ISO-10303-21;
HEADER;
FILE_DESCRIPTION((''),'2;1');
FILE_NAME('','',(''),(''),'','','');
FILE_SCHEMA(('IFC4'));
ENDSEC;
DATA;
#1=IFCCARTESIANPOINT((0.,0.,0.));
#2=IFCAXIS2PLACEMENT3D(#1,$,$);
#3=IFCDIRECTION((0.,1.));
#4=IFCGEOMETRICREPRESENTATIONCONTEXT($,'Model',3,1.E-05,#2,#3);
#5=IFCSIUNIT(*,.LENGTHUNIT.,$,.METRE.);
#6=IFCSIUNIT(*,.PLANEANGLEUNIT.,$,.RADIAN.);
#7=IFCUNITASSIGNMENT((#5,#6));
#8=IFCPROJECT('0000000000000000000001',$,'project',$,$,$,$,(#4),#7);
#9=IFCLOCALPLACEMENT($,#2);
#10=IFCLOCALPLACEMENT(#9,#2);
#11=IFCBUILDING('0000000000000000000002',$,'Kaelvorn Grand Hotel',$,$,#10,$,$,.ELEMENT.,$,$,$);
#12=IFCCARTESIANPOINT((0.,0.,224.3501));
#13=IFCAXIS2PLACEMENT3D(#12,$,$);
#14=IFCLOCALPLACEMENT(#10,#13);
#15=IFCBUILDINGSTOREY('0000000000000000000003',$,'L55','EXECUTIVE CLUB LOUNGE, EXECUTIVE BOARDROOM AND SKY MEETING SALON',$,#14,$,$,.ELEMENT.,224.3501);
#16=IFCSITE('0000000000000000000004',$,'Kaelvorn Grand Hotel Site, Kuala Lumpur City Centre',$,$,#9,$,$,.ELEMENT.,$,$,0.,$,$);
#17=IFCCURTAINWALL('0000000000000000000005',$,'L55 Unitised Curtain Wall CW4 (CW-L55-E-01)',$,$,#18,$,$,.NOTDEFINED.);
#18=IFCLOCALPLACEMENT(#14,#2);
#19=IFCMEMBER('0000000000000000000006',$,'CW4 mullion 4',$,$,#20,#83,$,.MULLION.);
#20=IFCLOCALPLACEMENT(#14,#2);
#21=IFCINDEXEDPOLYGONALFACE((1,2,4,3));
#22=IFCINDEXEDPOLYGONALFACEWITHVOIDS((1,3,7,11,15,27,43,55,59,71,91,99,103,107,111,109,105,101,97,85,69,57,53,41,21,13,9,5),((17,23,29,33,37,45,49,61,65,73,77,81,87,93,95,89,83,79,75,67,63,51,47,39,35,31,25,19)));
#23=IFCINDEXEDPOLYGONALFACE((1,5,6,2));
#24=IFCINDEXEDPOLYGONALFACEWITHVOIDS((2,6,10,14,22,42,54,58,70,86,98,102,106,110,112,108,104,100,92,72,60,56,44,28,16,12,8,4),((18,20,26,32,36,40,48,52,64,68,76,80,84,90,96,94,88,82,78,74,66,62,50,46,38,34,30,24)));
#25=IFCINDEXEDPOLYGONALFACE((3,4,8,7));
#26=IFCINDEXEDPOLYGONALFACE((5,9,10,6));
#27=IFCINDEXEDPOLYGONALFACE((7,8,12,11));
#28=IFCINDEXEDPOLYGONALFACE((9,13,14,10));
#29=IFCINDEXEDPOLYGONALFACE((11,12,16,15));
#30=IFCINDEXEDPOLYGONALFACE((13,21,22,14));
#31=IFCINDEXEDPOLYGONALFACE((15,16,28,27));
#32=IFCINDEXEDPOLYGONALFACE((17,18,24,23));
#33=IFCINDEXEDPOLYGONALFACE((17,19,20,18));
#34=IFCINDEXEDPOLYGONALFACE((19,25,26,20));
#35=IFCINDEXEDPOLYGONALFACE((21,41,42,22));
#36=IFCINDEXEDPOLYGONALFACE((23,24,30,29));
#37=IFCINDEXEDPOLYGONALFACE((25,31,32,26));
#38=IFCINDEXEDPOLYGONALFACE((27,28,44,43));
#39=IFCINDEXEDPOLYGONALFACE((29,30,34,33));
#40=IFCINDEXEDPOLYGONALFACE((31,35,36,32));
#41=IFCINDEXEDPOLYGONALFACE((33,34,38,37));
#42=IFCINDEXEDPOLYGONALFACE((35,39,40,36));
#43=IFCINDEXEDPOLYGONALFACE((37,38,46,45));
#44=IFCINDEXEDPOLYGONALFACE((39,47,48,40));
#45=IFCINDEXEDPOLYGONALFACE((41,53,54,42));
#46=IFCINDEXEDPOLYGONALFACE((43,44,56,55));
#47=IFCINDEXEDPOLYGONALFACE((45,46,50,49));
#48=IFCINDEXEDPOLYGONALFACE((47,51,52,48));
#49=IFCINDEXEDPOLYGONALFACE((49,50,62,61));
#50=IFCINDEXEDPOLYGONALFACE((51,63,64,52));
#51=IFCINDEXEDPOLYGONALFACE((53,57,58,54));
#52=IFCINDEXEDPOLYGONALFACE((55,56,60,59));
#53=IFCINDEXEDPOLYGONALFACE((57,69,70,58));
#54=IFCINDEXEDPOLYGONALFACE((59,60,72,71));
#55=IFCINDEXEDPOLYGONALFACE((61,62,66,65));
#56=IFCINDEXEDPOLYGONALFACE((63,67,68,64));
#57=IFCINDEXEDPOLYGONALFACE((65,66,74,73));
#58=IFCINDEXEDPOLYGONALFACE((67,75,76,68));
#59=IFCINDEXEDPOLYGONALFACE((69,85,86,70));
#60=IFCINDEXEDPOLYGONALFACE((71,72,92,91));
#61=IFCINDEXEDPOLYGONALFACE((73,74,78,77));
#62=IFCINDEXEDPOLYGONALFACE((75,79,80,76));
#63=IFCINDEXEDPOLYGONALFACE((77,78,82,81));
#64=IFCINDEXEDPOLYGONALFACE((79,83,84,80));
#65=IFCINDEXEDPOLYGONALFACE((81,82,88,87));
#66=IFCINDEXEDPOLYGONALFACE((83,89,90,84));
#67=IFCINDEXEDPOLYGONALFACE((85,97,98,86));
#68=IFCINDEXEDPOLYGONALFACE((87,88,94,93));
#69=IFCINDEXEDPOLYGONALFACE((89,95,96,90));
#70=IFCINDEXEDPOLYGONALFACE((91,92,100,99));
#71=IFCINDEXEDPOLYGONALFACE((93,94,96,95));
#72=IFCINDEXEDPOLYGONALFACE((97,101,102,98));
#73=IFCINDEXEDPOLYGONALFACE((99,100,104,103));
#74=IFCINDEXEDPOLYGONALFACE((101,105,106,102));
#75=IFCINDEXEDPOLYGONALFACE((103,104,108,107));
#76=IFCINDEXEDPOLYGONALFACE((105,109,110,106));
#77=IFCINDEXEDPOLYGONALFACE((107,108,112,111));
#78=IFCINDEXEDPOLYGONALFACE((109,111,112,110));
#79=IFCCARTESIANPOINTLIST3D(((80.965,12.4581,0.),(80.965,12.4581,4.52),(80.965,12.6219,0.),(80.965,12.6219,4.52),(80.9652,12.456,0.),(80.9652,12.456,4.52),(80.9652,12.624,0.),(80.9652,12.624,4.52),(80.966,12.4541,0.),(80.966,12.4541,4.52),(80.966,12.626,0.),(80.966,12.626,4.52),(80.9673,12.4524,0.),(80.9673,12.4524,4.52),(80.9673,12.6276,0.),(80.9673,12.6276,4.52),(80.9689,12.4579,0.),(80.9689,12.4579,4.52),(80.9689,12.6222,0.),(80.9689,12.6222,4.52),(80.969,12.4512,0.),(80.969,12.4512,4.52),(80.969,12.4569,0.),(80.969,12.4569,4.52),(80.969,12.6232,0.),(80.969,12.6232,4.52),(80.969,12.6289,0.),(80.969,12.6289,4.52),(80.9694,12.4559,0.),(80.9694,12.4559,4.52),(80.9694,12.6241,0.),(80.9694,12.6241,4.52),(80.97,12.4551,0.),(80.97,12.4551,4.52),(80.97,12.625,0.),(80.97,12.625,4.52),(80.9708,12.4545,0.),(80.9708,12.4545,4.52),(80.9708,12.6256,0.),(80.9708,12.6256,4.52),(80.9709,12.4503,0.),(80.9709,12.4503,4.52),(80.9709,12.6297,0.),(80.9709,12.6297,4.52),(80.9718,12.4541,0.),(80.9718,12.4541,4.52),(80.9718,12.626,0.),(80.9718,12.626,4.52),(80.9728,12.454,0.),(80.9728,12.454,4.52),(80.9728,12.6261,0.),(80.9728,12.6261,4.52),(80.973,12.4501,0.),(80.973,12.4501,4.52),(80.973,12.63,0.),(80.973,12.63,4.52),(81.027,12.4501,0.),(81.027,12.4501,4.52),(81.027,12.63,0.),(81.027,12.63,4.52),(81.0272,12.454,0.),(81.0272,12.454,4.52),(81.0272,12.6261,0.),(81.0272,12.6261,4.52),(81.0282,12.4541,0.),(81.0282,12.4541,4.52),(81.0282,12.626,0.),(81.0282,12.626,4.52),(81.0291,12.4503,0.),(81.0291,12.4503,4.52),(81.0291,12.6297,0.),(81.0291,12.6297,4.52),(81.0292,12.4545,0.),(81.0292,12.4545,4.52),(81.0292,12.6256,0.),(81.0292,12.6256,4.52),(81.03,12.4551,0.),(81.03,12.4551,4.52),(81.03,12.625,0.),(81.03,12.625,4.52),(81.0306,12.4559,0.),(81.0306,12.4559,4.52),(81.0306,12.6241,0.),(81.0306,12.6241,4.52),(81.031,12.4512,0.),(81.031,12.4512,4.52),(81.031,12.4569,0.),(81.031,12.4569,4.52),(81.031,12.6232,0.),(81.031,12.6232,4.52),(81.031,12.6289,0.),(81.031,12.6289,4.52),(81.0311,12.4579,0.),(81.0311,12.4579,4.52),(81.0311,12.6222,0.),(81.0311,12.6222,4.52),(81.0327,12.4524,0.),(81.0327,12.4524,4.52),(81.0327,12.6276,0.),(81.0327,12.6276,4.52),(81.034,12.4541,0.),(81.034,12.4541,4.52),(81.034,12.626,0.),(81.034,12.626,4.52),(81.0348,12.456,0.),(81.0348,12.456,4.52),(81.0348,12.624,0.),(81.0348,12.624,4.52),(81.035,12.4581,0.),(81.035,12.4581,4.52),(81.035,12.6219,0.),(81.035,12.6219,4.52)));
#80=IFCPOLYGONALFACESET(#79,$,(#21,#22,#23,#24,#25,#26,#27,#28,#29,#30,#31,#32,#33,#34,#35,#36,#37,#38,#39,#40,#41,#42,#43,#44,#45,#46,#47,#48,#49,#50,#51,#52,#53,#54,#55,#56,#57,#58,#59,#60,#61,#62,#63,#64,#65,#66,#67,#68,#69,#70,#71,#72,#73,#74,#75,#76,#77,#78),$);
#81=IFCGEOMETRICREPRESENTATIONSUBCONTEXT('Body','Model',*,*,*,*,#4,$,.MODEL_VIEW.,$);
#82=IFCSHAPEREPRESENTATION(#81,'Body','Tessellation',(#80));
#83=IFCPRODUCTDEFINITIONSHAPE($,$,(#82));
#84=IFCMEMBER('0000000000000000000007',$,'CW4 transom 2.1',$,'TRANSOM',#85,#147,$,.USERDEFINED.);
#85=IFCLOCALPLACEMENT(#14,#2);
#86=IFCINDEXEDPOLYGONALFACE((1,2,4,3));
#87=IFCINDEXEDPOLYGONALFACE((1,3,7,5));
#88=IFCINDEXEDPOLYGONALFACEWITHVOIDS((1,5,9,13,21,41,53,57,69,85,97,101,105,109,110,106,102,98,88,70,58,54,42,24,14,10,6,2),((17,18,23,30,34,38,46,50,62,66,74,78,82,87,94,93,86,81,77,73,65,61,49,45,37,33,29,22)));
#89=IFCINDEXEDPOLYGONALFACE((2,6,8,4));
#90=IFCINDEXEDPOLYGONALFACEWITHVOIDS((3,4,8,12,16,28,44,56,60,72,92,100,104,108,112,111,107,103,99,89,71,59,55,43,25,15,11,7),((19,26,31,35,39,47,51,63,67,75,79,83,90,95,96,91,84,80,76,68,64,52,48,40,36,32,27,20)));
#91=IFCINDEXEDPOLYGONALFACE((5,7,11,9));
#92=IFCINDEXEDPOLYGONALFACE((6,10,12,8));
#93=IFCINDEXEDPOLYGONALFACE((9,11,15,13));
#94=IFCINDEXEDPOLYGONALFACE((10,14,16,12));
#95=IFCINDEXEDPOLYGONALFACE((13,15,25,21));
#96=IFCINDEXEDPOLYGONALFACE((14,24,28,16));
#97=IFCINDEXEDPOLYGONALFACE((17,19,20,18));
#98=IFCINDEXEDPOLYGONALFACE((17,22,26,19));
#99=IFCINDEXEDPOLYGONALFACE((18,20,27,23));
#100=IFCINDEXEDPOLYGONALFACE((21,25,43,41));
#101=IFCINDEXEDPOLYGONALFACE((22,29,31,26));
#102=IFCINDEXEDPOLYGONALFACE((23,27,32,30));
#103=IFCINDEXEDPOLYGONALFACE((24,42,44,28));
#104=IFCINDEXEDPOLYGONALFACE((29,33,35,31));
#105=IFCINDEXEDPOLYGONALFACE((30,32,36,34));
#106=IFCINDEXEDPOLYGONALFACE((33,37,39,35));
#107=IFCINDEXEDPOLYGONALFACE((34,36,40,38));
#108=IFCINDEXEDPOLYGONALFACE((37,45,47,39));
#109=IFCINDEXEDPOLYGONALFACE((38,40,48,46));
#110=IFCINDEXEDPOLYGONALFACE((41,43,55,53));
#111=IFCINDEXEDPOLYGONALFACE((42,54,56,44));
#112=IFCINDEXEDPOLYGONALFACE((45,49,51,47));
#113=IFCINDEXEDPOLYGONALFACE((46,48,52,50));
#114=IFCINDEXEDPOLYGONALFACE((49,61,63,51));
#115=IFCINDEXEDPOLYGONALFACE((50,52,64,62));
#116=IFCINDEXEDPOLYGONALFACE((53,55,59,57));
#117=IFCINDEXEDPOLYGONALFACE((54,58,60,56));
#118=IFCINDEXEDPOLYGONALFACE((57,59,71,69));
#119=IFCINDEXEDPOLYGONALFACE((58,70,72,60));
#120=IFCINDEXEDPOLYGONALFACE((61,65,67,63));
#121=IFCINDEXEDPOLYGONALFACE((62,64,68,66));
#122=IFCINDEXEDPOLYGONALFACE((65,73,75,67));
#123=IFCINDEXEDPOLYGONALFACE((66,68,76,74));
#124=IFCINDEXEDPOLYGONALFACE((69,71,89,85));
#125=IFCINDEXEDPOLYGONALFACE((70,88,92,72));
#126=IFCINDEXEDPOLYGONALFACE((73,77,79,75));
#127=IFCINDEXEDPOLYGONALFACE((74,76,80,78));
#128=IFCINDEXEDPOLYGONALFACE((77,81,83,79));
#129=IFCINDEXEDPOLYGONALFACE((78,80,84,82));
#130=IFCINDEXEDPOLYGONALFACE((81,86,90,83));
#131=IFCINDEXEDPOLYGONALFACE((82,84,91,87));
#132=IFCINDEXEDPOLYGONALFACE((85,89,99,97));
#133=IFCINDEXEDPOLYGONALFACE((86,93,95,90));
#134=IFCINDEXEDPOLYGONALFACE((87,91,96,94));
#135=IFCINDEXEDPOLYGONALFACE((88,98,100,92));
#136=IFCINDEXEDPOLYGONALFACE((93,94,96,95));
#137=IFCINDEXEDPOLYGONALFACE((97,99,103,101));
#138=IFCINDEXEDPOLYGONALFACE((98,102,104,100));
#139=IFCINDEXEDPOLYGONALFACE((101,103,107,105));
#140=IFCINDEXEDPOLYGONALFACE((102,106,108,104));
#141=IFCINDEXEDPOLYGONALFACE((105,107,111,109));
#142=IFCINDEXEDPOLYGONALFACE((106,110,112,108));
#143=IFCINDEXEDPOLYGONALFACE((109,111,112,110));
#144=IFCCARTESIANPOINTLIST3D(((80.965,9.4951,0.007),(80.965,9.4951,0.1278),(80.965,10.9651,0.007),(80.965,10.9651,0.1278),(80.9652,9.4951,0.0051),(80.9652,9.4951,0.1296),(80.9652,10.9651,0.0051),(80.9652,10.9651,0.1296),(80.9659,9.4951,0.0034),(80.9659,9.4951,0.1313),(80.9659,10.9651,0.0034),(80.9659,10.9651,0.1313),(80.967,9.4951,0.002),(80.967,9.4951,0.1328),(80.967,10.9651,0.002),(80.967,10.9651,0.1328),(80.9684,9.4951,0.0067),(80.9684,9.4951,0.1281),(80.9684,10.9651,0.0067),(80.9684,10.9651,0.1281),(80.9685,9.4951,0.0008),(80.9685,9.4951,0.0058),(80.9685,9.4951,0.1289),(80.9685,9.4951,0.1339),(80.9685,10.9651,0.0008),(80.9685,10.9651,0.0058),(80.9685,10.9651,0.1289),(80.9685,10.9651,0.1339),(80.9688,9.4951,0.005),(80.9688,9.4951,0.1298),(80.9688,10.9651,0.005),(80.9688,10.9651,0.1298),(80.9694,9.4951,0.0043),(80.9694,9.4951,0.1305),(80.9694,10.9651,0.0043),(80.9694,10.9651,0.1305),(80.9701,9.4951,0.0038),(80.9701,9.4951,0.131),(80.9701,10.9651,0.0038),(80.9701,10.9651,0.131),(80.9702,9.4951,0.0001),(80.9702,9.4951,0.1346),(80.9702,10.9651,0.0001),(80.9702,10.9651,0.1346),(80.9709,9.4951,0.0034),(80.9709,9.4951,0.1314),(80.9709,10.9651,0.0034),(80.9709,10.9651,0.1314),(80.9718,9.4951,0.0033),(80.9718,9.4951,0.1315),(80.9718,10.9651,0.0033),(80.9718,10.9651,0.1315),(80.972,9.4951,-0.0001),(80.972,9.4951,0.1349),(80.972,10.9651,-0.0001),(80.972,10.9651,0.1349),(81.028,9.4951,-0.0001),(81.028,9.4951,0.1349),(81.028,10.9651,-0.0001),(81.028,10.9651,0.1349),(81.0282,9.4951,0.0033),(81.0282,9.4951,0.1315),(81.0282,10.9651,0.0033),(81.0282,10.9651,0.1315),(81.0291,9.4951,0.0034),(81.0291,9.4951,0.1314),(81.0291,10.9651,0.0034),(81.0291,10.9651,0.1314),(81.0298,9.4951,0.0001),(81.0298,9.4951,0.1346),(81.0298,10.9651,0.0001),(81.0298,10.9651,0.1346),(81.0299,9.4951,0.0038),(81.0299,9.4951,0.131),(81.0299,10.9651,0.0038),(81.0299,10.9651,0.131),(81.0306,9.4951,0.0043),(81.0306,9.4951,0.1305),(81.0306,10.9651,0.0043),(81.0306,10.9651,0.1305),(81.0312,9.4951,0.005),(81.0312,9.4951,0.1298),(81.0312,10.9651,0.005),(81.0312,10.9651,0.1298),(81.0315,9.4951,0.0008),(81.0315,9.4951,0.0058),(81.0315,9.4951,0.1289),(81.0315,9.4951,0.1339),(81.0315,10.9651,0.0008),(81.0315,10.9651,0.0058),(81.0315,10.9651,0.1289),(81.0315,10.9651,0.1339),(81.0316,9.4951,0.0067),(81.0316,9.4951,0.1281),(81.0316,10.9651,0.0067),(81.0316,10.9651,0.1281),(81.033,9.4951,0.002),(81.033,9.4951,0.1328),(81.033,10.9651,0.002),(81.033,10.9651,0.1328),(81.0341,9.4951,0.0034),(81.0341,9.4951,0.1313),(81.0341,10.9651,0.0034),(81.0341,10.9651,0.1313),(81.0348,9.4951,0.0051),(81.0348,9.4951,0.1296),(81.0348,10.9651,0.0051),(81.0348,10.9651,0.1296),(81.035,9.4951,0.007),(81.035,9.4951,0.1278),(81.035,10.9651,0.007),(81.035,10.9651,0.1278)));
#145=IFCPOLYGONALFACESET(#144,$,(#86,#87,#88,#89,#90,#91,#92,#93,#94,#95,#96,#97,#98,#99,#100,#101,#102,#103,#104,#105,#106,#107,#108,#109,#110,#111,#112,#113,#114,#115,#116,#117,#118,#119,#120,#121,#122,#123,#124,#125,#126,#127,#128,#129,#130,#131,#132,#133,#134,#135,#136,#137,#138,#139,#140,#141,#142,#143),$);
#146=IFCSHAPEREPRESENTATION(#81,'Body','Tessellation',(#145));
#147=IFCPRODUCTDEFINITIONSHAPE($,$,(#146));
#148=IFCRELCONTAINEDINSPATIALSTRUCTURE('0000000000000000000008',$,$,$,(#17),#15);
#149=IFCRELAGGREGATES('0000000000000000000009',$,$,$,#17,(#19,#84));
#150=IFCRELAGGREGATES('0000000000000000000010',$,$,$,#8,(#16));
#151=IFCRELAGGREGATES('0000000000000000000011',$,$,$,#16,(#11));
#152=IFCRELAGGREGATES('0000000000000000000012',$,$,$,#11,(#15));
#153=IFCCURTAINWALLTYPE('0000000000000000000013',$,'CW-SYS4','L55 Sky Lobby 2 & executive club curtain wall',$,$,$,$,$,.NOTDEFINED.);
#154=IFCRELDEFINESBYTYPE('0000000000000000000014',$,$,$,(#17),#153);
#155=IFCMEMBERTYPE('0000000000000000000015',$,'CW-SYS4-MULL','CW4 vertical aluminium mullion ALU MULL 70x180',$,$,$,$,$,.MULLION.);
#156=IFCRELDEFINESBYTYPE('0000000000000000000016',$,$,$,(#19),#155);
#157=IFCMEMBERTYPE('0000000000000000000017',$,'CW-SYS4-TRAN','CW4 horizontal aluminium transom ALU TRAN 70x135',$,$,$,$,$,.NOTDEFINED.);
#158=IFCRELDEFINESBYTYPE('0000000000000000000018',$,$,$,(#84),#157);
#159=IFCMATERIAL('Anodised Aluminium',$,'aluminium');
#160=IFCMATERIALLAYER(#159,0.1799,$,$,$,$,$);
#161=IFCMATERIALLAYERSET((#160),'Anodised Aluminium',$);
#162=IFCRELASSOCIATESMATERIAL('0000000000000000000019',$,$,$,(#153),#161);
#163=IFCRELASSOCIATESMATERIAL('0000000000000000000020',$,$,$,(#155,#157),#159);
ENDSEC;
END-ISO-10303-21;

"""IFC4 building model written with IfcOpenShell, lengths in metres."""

from ifc_helpers import new_model, si_unit, direction, frame, origin, origin_2d, place, context, subcontext, project, spatial, hollow_rectangle, extrude, material, layer, layer_set, material_profile, profile_set, type_object, element, aggregate, save


model = new_model("IFC4")

# Units and contexts
model_context = context("Model", 3, precision=1e-05, world=origin(), true_north=direction((0.0, 1.0)))
body_context = subcontext(model_context, "Body", "Model", "MODEL_VIEW")
ifc_project = project(units=[si_unit("LENGTHUNIT", "METRE"), si_unit("PLANEANGLEUNIT", "RADIAN")], contexts=[model_context])

# Site, building, storey
site_placement = place(None, origin())
site = spatial("IfcSite", under=ifc_project, at=site_placement, Name="Kaelvorn Grand Hotel Site, Kuala Lumpur City Centre", CompositionType="ELEMENT", RefElevation=0.0)
building_placement = place(site_placement, origin())
building = spatial("IfcBuilding", under=site, at=building_placement, Name="Kaelvorn Grand Hotel", CompositionType="ELEMENT")
storey_placement = place(building_placement, frame((0.0, 0.0, 224.3501)))
storey = spatial("IfcBuildingStorey", under=building, at=storey_placement, Name="L55", Description="EXECUTIVE CLUB LOUNGE, EXECUTIVE BOARDROOM AND SKY MEETING SALON", CompositionType="ELEMENT", Elevation=224.3501)

# Curtain wall, members
ifc_material_1 = material(Name="Anodised Aluminium", Category="aluminium")
ifc_layer_1 = layer(ifc_material_1, 0.1799)
ifc_layer_set_1 = layer_set([ifc_layer_1], Name="Anodised Aluminium")
curtain_wall_type = type_object("IfcCurtainWallType", Name="CW-SYS4", Description="L55 Sky Lobby 2 & executive club curtain wall", PredefinedType="NOTDEFINED", material=ifc_layer_set_1)
curtain_wall_placement = place(storey_placement, origin())
curtain_wall = element("IfcCurtainWall", 1, at=curtain_wall_placement, inside=storey, type_object=curtain_wall_type, Name="L55 Unitised Curtain Wall CW4 (CW-L55-E-01)", PredefinedType="NOTDEFINED")
ifc_material_profile_1 = material_profile(ifc_material_1, hollow_rectangle(XDim=0.0701, YDim=0.1799, WallThickness=0.0039, InnerFilletRadius=0.0039, OuterFilletRadius=0.0081, at=origin_2d()), Name="ALU MULL 70x180")
ifc_profile_set_1 = profile_set([ifc_material_profile_1], Name="Anodised Aluminium")
member_type_1 = type_object("IfcMemberType", Name="CW-SYS4-MULL", Description="CW4 vertical aluminium mullion ALU MULL 70x180", PredefinedType="MULLION", material=ifc_profile_set_1)
member_1_placement = place(storey_placement, frame((81.0, 12.54, 0.0), z_axis=(0.0, 0.0, 1.0), x_axis=(-1.0, 0.0, 0.0)))
member_1 = element("IfcMember", 2, at=member_1_placement, type_object=member_type_1, Name="CW4 mullion 4", PredefinedType="MULLION", context=body_context, shape_type="SweptSolid", body=[
    extrude(hollow_rectangle(XDim=0.0701, YDim=0.1799, WallThickness=0.0039, InnerFilletRadius=0.0039, OuterFilletRadius=0.0081, at=origin_2d()), origin(), (0.0, 0.0, 1.0), 4.52),
])
ifc_material_profile_2 = material_profile(ifc_material_1, hollow_rectangle(XDim=0.0701, YDim=0.135, WallThickness=0.0034, InnerFilletRadius=0.0034, OuterFilletRadius=0.0071, at=origin_2d()), Name="ALU TRAN 70x135")
ifc_profile_set_2 = profile_set([ifc_material_profile_2], Name="Anodised Aluminium")
member_type_2 = type_object("IfcMemberType", Name="CW-SYS4-TRAN", Description="CW4 horizontal aluminium transom ALU TRAN 70x135", PredefinedType="NOTDEFINED", material=ifc_profile_set_2)
member_2_placement = place(storey_placement, frame((81.0, 9.4951, 0.0674), z_axis=(0.0, 1.0, 0.0), x_axis=(-1.0, 0.0, 0.0)))
member_2 = element("IfcMember", 3, at=member_2_placement, type_object=member_type_2, Name="CW4 transom 2.1", ObjectType="TRANSOM", PredefinedType="USERDEFINED", context=body_context, shape_type="SweptSolid", body=[
    extrude(hollow_rectangle(XDim=0.0701, YDim=0.135, WallThickness=0.0034, InnerFilletRadius=0.0034, OuterFilletRadius=0.0071, at=origin_2d()), origin(), (0.0, 0.0, 1.0), 1.47),
])
aggregate(curtain_wall, [member_1, member_2])

save(model, "model.ifc")
